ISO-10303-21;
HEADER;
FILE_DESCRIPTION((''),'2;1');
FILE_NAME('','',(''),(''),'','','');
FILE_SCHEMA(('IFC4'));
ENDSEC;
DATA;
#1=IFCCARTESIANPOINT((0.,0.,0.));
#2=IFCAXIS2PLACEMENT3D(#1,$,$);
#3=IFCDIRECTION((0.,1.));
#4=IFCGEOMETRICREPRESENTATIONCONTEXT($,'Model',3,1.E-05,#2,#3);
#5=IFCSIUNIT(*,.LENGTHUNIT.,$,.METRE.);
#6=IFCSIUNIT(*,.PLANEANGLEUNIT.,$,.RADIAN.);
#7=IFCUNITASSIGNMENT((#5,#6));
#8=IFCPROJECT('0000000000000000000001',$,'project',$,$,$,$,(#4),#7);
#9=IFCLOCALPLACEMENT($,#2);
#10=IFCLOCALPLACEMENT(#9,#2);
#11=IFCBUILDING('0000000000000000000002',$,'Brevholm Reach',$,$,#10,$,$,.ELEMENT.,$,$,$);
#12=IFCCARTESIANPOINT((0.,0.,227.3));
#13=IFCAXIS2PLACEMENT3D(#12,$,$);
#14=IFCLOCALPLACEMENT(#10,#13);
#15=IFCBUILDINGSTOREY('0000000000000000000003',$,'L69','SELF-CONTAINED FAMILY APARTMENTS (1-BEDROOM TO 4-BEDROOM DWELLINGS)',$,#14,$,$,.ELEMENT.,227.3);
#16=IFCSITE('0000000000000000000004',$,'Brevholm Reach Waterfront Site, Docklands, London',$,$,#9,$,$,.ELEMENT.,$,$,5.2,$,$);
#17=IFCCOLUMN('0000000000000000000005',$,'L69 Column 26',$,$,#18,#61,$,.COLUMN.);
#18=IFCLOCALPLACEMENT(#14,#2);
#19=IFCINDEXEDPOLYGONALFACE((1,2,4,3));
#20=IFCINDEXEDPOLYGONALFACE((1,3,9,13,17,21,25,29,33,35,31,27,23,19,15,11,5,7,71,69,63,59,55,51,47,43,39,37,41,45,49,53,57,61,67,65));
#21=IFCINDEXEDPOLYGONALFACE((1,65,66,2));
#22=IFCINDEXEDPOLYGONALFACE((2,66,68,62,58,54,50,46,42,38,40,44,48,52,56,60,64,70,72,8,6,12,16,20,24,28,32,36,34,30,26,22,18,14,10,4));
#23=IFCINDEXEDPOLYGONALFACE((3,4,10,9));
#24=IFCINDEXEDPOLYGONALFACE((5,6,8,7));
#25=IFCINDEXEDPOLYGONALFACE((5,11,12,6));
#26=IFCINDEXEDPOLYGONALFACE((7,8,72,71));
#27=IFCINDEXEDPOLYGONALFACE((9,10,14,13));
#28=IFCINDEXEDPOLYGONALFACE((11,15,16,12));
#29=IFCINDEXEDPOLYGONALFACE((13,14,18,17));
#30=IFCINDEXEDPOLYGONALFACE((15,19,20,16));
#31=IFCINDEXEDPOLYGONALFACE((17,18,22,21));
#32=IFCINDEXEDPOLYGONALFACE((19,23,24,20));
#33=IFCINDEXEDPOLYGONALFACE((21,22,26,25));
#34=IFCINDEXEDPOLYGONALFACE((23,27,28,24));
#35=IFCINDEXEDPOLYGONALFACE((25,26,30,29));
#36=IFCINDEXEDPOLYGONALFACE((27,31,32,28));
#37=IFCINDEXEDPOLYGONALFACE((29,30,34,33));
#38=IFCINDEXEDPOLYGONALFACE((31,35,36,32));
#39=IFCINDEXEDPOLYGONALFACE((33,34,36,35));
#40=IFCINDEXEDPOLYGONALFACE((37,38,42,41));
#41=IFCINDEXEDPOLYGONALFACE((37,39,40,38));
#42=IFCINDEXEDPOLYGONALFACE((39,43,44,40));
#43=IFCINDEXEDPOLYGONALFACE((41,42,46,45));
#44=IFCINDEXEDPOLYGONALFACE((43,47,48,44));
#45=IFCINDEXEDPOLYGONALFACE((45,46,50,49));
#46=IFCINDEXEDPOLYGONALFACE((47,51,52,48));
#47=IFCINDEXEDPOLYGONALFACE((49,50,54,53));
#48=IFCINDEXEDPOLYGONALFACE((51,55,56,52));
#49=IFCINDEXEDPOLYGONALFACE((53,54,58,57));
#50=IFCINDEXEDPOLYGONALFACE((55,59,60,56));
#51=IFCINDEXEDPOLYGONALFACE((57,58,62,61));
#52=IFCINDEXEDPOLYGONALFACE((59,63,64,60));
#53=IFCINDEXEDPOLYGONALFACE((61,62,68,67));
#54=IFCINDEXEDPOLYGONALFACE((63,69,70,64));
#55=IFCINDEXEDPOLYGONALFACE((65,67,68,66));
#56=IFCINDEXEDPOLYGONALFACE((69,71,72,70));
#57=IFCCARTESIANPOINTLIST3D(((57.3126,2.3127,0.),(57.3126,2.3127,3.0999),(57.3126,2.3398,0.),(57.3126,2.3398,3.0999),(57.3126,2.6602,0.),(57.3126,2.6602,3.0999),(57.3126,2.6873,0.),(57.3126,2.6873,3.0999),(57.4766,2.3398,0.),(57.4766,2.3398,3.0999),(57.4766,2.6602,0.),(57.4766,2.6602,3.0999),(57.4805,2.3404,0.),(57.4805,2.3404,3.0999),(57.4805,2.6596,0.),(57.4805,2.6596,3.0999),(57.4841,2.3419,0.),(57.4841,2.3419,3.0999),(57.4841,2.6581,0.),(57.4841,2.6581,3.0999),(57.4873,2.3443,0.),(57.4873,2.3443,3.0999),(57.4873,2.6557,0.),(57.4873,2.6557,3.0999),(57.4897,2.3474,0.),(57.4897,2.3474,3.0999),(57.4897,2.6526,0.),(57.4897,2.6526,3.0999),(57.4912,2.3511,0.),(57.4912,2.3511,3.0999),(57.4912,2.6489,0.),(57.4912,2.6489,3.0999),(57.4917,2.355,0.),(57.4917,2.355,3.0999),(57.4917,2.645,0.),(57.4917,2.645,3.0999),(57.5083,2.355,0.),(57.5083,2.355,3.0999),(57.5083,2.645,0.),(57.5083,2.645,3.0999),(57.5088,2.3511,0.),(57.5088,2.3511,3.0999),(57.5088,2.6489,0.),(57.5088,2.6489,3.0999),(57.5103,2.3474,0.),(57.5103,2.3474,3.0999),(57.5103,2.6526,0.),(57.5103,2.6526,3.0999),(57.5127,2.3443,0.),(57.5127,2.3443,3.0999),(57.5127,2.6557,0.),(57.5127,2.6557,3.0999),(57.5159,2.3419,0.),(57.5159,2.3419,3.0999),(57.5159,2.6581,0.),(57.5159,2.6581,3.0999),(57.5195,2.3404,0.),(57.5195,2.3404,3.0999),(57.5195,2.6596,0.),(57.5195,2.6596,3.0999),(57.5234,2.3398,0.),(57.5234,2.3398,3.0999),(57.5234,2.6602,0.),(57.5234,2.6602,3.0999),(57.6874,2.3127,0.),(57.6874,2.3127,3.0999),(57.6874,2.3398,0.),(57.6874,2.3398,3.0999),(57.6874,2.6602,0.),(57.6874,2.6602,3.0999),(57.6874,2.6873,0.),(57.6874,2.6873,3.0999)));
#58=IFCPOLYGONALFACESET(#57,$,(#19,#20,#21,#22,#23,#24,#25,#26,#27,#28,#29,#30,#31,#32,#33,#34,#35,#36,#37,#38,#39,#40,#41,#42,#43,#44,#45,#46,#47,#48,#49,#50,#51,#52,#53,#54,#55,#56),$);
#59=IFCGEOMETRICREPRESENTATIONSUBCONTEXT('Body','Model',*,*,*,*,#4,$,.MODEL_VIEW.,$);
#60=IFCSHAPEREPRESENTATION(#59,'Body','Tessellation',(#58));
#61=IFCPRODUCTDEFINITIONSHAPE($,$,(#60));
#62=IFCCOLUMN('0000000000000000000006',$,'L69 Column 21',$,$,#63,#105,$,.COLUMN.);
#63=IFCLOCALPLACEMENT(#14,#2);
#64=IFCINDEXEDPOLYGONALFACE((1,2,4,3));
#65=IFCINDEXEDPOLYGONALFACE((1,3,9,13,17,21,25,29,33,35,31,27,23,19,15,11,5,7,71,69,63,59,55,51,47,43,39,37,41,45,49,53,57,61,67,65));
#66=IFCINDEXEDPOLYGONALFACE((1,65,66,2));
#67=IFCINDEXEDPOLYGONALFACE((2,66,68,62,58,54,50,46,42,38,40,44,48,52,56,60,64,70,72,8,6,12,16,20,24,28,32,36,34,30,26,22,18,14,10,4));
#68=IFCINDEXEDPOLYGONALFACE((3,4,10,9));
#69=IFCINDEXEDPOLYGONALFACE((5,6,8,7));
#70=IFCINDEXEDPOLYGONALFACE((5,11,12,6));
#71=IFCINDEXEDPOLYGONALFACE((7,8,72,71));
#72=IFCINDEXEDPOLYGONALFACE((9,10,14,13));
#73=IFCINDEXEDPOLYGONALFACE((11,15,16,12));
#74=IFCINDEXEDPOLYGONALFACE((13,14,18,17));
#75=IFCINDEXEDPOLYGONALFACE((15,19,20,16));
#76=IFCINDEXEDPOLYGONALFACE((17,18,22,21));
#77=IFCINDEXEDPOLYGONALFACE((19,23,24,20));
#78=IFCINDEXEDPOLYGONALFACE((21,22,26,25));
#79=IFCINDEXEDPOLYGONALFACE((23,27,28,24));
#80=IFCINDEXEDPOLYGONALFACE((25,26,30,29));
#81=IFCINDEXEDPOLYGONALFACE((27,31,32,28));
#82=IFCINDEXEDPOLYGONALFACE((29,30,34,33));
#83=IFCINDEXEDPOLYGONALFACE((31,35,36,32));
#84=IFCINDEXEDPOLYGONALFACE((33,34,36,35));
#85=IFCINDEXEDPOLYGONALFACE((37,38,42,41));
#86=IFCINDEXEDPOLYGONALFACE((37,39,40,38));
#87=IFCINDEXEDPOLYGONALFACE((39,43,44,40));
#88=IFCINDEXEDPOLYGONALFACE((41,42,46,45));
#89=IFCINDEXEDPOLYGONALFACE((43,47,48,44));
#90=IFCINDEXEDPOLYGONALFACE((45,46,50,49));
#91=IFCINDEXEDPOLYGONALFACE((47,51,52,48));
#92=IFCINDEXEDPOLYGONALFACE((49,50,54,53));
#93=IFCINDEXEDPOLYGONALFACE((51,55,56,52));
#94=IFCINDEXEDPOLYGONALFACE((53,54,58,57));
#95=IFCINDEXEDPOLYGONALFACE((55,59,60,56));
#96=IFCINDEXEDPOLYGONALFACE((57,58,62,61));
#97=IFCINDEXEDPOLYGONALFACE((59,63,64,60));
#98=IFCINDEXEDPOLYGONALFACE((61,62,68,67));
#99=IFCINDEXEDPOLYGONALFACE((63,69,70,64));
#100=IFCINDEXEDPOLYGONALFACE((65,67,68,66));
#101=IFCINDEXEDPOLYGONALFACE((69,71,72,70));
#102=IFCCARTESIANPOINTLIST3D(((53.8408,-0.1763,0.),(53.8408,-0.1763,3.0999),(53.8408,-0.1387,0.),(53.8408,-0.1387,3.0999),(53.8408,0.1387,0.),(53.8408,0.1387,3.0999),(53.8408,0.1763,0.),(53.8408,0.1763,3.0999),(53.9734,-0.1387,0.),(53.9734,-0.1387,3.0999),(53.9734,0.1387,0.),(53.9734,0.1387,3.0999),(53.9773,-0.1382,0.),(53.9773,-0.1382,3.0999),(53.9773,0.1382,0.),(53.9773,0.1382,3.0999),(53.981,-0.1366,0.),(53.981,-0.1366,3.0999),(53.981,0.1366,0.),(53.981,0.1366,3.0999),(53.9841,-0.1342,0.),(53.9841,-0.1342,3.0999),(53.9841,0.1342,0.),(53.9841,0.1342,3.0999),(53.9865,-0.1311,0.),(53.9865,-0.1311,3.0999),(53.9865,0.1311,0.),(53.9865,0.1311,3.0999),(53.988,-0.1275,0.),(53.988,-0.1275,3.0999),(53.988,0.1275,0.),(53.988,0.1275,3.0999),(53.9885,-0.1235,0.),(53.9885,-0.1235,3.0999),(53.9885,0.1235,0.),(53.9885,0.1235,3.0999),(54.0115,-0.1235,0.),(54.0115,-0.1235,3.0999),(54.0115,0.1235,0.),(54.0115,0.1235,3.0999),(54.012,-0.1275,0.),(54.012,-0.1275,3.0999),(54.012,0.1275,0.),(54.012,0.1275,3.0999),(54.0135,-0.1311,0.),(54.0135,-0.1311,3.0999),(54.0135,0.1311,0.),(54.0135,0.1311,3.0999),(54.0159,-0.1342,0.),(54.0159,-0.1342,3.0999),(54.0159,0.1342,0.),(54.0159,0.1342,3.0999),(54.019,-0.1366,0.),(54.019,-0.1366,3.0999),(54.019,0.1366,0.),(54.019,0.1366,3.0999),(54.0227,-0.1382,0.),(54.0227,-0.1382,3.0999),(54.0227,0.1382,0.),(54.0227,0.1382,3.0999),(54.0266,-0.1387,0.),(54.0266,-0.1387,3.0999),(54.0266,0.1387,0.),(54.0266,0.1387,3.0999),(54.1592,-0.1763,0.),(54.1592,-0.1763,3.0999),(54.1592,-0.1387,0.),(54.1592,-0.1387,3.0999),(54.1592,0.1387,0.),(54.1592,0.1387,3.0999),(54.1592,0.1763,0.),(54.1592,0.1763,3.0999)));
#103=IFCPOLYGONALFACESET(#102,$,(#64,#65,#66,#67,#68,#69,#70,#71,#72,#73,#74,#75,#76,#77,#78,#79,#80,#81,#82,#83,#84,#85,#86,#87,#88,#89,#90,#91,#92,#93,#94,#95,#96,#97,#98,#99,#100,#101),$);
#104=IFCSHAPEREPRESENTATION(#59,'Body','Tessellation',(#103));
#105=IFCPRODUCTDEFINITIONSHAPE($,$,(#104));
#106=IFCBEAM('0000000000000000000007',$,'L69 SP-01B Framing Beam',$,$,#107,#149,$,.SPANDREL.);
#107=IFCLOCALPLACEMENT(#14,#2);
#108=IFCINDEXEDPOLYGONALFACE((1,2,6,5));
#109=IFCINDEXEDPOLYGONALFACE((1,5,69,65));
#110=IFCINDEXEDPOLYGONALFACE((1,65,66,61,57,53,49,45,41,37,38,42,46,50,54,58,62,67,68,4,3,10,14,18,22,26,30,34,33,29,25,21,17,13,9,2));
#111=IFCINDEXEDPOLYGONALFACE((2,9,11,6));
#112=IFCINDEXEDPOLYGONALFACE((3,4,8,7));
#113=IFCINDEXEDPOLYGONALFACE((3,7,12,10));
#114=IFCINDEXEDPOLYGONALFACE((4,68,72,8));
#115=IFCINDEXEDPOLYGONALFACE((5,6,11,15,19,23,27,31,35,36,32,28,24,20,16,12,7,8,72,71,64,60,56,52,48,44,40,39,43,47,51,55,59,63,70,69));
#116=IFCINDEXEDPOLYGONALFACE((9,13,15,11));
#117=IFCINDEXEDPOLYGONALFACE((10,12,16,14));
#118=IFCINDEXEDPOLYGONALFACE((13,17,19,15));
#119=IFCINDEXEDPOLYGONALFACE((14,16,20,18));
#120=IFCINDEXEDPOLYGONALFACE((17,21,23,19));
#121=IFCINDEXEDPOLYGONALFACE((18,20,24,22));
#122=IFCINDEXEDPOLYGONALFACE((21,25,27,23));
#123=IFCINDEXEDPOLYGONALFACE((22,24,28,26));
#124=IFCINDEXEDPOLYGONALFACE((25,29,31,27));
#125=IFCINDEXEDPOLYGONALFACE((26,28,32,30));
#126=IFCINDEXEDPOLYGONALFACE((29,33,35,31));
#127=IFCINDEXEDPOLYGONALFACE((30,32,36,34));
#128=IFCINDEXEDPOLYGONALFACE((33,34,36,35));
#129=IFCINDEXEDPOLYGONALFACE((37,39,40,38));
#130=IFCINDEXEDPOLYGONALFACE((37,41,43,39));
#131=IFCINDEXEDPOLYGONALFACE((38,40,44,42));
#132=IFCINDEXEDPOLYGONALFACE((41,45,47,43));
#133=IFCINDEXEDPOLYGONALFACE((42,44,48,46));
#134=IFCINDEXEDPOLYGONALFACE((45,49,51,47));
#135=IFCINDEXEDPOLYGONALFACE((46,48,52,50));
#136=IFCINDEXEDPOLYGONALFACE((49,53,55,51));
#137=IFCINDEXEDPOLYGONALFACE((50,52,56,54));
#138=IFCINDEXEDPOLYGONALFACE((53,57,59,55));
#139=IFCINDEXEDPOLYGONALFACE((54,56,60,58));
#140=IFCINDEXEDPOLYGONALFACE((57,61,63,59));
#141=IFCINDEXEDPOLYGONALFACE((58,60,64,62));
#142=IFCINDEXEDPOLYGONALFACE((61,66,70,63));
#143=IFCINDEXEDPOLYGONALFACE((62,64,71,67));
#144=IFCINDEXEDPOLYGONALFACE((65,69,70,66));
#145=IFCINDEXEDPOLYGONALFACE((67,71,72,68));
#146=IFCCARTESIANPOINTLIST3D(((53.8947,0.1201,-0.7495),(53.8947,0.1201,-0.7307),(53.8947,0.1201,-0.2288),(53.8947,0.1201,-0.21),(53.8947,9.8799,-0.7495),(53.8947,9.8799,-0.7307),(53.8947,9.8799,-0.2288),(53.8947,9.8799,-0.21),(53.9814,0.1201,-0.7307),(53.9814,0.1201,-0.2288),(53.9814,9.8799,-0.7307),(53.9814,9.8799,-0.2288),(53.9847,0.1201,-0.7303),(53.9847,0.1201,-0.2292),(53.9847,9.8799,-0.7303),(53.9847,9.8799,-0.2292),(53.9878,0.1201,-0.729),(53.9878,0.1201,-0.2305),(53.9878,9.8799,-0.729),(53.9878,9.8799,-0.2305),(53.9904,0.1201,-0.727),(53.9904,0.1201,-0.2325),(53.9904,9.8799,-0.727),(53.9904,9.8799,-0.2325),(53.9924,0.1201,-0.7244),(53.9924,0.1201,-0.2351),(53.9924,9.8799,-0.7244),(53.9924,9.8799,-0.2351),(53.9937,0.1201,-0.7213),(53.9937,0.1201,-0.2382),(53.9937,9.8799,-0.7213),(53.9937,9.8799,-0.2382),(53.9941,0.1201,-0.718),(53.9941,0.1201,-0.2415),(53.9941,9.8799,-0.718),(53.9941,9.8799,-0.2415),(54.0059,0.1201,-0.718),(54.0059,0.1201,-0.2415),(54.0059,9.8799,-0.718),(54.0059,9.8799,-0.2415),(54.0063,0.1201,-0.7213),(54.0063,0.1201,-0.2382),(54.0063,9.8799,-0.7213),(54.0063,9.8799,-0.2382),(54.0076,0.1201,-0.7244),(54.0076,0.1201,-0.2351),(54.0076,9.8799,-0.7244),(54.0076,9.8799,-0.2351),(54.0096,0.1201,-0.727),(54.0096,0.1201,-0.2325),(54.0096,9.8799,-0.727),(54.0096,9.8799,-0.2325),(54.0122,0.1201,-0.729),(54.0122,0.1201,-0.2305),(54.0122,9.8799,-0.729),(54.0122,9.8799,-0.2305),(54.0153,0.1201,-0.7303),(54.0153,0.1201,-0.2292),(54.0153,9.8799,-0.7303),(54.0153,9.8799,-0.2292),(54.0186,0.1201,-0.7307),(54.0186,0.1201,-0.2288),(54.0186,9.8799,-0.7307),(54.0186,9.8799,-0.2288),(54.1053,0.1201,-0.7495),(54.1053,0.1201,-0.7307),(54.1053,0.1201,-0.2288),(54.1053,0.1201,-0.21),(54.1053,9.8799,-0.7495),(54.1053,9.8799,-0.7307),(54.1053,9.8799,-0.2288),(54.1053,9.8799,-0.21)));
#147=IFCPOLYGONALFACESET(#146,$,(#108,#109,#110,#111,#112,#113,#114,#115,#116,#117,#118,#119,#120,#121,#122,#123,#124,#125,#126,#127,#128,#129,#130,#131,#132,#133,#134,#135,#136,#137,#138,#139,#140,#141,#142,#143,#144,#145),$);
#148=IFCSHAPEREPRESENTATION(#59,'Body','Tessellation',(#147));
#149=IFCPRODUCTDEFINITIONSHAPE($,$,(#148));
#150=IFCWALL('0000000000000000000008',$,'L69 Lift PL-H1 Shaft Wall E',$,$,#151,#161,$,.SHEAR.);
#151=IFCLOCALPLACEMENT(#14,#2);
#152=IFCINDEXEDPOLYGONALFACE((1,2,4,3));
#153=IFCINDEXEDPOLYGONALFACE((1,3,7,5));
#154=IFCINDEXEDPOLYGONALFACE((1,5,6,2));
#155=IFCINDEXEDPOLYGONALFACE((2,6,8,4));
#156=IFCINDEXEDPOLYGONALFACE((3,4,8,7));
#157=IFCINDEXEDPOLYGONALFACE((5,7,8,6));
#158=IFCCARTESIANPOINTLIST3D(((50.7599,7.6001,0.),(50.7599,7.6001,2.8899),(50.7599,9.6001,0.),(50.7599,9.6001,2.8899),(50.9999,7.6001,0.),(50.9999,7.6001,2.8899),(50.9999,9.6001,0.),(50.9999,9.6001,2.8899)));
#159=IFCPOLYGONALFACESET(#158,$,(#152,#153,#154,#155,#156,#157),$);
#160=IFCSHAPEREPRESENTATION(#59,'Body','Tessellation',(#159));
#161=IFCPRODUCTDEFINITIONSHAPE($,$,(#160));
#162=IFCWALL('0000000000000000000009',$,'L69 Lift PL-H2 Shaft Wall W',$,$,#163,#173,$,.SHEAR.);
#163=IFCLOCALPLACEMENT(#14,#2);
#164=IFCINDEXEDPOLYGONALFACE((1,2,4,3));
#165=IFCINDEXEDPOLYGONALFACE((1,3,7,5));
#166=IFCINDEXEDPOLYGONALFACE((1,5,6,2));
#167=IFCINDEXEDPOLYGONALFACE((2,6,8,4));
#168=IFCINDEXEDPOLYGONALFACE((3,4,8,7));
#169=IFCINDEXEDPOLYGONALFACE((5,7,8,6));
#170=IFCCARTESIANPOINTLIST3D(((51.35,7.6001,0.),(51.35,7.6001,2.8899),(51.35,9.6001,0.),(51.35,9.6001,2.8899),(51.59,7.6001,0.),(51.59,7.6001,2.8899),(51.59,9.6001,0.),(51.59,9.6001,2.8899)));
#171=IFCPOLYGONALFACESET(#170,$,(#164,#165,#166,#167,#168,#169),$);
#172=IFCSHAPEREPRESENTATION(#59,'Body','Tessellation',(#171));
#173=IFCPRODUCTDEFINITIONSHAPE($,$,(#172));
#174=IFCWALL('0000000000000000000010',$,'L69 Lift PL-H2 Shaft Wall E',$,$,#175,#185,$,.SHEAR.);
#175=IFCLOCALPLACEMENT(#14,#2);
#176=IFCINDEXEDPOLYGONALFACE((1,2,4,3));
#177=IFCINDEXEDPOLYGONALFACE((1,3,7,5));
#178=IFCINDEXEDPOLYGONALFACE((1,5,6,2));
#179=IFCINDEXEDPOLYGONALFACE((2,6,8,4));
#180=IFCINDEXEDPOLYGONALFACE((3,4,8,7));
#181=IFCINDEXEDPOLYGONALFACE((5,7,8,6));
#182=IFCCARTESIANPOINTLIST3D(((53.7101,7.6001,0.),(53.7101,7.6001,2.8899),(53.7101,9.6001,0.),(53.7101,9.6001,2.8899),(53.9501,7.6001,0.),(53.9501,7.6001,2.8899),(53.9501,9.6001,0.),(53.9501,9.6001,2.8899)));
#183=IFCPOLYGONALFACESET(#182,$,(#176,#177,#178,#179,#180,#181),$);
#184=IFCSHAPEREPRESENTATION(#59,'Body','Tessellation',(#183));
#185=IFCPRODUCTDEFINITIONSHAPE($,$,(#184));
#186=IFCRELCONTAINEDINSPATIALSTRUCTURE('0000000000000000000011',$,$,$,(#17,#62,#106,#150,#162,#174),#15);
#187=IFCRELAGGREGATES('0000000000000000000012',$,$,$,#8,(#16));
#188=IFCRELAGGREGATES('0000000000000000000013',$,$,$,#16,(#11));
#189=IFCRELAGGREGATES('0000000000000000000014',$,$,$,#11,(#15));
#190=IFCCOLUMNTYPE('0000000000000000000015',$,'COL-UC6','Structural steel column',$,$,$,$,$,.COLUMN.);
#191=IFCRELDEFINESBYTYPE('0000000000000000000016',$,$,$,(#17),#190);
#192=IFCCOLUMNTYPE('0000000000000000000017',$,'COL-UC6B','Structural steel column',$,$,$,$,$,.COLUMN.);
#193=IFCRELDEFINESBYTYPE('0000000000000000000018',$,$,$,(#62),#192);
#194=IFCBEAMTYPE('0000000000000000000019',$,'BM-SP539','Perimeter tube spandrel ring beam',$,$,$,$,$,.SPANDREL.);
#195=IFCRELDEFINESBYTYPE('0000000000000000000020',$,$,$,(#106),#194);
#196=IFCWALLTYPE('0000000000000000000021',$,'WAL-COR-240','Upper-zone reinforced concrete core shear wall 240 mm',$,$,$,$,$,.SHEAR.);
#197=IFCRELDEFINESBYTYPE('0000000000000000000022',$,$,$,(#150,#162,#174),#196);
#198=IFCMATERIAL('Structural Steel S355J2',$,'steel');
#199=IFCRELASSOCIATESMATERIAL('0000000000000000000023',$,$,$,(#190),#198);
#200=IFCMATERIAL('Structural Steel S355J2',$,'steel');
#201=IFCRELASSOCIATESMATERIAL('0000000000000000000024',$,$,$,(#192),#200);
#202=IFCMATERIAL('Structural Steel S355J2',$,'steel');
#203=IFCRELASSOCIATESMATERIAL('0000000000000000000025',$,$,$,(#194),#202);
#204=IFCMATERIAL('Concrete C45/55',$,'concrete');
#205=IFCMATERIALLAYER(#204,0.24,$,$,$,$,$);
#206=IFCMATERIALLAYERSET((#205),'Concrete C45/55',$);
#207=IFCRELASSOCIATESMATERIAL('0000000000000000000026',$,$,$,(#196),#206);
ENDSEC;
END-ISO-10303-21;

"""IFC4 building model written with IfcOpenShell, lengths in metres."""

from ifc_helpers import new_model, si_unit, direction, frame, frame_2d, origin, origin_2d, place, context, subcontext, project, spatial, rectangle, i_section, extrude, material, layer, layer_set, material_profile, profile_set, type_object, element, save


model = new_model("IFC4")

# Units and contexts
model_context = context("Model", 3, precision=1e-05, world=origin(), true_north=direction((0.0, 1.0)))
body_context = subcontext(model_context, "Body", "Model", "MODEL_VIEW")
ifc_project = project(units=[si_unit("LENGTHUNIT", "METRE"), si_unit("PLANEANGLEUNIT", "RADIAN")], contexts=[model_context])

# Site, building, storey
site_placement = place(None, origin())
site = spatial("IfcSite", under=ifc_project, at=site_placement, Name="Brevholm Reach Waterfront Site, Docklands, London", CompositionType="ELEMENT", RefElevation=5.2)
building_placement = place(site_placement, origin())
building = spatial("IfcBuilding", under=site, at=building_placement, Name="Brevholm Reach", CompositionType="ELEMENT")
storey_placement = place(building_placement, frame((0.0, 0.0, 227.3)))
storey = spatial("IfcBuildingStorey", under=building, at=storey_placement, Name="L69", Description="SELF-CONTAINED FAMILY APARTMENTS (1-BEDROOM TO 4-BEDROOM DWELLINGS)", CompositionType="ELEMENT", Elevation=227.3)

# Columns
ifc_material_1 = material(Name="Structural Steel S355J2", Category="steel")
ifc_material_profile_1 = material_profile(ifc_material_1, i_section(OverallWidth=0.3748, OverallDepth=0.3745, WebThickness=0.0166, FlangeThickness=0.0271, FilletRadius=0.0151, at=origin_2d()), Name="UKC 356x368x202")
ifc_profile_set_1 = profile_set([ifc_material_profile_1], Name="Structural Steel S355J2")
column_type_1 = type_object("IfcColumnType", Name="COL-UC6", Description="Structural steel column", PredefinedType="COLUMN", material=ifc_profile_set_1)
column_1_placement = place(storey_placement, frame((57.5, 2.5, 0.0), z_axis=(0.0, 0.0, 1.0), x_axis=(1.0, 0.0, 0.0)))
element("IfcColumn", 1, at=column_1_placement, inside=storey, type_object=column_type_1, Name="L69 Column 26", PredefinedType="COLUMN", context=body_context, shape_type="SweptSolid", body=[
    extrude(i_section(OverallWidth=0.3748, OverallDepth=0.3745, WebThickness=0.0166, FlangeThickness=0.0271, FilletRadius=0.0151, at=origin_2d()), origin(), (0.0, 0.0, 1.0), 3.0999),
])
ifc_material_2 = material(Name="Structural Steel S355J2", Category="steel")
ifc_material_profile_2 = material_profile(ifc_material_2, i_section(OverallWidth=0.3184, OverallDepth=0.3525, WebThickness=0.0229, FlangeThickness=0.0376, FilletRadius=0.0151, at=origin_2d()), Name="UKC 305x305x240")
ifc_profile_set_2 = profile_set([ifc_material_profile_2], Name="Structural Steel S355J2")
column_type_2 = type_object("IfcColumnType", Name="COL-UC6B", Description="Structural steel column", PredefinedType="COLUMN", material=ifc_profile_set_2)
column_2_placement = place(storey_placement, frame((54.0, 0.0, 0.0), z_axis=(0.0, 0.0, 1.0), x_axis=(1.0, 0.0, 0.0)))
element("IfcColumn", 2, at=column_2_placement, inside=storey, type_object=column_type_2, Name="L69 Column 21", PredefinedType="COLUMN", context=body_context, shape_type="SweptSolid", body=[
    extrude(i_section(OverallWidth=0.3184, OverallDepth=0.3525, WebThickness=0.0229, FlangeThickness=0.0376, FilletRadius=0.0151, at=origin_2d()), origin(), (0.0, 0.0, 1.0), 3.0999),
])

# Beam
ifc_material_3 = material(Name="Structural Steel S355J2", Category="steel")
ifc_material_profile_3 = material_profile(ifc_material_3, i_section(OverallWidth=0.2107, OverallDepth=0.5396, WebThickness=0.0117, FlangeThickness=0.0188, FilletRadius=0.0127, at=origin_2d()), Name="UKB 533x210x109")
ifc_profile_set_3 = profile_set([ifc_material_profile_3], Name="Structural Steel S355J2")
beam_type = type_object("IfcBeamType", Name="BM-SP539", Description="Perimeter tube spandrel ring beam", PredefinedType="SPANDREL", material=ifc_profile_set_3)
beam_placement = place(storey_placement, frame((54.0, 0.1201, -0.4797), z_axis=(0.0, 1.0, 0.0), x_axis=(-1.0, 0.0, 0.0)))
element("IfcBeam", 3, at=beam_placement, inside=storey, type_object=beam_type, Name="L69 SP-01B Framing Beam", PredefinedType="SPANDREL", context=body_context, shape_type="SweptSolid", body=[
    extrude(i_section(OverallWidth=0.2107, OverallDepth=0.5396, WebThickness=0.0117, FlangeThickness=0.0188, FilletRadius=0.0127, at=origin_2d()), origin(), (0.0, 0.0, 1.0), 9.7598),
])

# Walls
ifc_material_4 = material(Name="Concrete C45/55", Category="concrete")
ifc_layer_1 = layer(ifc_material_4, 0.24)
ifc_layer_set_1 = layer_set([ifc_layer_1], Name="Concrete C45/55")
wall_type_1 = type_object("IfcWallType", Name="WAL-COR-240", Description="Upper-zone reinforced concrete core shear wall 240 mm", PredefinedType="SHEAR", material=ifc_layer_set_1)
for number, where, z_axis, x_axis, name in (
    (4, (50.8799, 7.6001, 0.0), (0.0, 0.0, 1.0), (0.0, 1.0, 0.0), "L69 Lift PL-H1 Shaft Wall E"),
    (5, (51.47, 7.6001, 0.0), (0.0, 0.0, 1.0), (0.0, 1.0, 0.0), "L69 Lift PL-H2 Shaft Wall W"),
    (6, (53.8301, 7.6001, 0.0), (0.0, 0.0, 1.0), (0.0, 1.0, 0.0), "L69 Lift PL-H2 Shaft Wall E"),
):
    element("IfcWall", number, at=place(storey_placement, frame(where, z_axis=z_axis, x_axis=x_axis)), inside=storey, type_object=wall_type_1, Name=name, PredefinedType="SHEAR", context=body_context, shape_type="SweptSolid", body=[
        extrude(rectangle(XDim=2.0, YDim=0.24, at=frame_2d((1.0, 0.0))), origin(), (0.0, 0.0, 1.0), 2.8899),
    ])

save(model, "model.ifc")
